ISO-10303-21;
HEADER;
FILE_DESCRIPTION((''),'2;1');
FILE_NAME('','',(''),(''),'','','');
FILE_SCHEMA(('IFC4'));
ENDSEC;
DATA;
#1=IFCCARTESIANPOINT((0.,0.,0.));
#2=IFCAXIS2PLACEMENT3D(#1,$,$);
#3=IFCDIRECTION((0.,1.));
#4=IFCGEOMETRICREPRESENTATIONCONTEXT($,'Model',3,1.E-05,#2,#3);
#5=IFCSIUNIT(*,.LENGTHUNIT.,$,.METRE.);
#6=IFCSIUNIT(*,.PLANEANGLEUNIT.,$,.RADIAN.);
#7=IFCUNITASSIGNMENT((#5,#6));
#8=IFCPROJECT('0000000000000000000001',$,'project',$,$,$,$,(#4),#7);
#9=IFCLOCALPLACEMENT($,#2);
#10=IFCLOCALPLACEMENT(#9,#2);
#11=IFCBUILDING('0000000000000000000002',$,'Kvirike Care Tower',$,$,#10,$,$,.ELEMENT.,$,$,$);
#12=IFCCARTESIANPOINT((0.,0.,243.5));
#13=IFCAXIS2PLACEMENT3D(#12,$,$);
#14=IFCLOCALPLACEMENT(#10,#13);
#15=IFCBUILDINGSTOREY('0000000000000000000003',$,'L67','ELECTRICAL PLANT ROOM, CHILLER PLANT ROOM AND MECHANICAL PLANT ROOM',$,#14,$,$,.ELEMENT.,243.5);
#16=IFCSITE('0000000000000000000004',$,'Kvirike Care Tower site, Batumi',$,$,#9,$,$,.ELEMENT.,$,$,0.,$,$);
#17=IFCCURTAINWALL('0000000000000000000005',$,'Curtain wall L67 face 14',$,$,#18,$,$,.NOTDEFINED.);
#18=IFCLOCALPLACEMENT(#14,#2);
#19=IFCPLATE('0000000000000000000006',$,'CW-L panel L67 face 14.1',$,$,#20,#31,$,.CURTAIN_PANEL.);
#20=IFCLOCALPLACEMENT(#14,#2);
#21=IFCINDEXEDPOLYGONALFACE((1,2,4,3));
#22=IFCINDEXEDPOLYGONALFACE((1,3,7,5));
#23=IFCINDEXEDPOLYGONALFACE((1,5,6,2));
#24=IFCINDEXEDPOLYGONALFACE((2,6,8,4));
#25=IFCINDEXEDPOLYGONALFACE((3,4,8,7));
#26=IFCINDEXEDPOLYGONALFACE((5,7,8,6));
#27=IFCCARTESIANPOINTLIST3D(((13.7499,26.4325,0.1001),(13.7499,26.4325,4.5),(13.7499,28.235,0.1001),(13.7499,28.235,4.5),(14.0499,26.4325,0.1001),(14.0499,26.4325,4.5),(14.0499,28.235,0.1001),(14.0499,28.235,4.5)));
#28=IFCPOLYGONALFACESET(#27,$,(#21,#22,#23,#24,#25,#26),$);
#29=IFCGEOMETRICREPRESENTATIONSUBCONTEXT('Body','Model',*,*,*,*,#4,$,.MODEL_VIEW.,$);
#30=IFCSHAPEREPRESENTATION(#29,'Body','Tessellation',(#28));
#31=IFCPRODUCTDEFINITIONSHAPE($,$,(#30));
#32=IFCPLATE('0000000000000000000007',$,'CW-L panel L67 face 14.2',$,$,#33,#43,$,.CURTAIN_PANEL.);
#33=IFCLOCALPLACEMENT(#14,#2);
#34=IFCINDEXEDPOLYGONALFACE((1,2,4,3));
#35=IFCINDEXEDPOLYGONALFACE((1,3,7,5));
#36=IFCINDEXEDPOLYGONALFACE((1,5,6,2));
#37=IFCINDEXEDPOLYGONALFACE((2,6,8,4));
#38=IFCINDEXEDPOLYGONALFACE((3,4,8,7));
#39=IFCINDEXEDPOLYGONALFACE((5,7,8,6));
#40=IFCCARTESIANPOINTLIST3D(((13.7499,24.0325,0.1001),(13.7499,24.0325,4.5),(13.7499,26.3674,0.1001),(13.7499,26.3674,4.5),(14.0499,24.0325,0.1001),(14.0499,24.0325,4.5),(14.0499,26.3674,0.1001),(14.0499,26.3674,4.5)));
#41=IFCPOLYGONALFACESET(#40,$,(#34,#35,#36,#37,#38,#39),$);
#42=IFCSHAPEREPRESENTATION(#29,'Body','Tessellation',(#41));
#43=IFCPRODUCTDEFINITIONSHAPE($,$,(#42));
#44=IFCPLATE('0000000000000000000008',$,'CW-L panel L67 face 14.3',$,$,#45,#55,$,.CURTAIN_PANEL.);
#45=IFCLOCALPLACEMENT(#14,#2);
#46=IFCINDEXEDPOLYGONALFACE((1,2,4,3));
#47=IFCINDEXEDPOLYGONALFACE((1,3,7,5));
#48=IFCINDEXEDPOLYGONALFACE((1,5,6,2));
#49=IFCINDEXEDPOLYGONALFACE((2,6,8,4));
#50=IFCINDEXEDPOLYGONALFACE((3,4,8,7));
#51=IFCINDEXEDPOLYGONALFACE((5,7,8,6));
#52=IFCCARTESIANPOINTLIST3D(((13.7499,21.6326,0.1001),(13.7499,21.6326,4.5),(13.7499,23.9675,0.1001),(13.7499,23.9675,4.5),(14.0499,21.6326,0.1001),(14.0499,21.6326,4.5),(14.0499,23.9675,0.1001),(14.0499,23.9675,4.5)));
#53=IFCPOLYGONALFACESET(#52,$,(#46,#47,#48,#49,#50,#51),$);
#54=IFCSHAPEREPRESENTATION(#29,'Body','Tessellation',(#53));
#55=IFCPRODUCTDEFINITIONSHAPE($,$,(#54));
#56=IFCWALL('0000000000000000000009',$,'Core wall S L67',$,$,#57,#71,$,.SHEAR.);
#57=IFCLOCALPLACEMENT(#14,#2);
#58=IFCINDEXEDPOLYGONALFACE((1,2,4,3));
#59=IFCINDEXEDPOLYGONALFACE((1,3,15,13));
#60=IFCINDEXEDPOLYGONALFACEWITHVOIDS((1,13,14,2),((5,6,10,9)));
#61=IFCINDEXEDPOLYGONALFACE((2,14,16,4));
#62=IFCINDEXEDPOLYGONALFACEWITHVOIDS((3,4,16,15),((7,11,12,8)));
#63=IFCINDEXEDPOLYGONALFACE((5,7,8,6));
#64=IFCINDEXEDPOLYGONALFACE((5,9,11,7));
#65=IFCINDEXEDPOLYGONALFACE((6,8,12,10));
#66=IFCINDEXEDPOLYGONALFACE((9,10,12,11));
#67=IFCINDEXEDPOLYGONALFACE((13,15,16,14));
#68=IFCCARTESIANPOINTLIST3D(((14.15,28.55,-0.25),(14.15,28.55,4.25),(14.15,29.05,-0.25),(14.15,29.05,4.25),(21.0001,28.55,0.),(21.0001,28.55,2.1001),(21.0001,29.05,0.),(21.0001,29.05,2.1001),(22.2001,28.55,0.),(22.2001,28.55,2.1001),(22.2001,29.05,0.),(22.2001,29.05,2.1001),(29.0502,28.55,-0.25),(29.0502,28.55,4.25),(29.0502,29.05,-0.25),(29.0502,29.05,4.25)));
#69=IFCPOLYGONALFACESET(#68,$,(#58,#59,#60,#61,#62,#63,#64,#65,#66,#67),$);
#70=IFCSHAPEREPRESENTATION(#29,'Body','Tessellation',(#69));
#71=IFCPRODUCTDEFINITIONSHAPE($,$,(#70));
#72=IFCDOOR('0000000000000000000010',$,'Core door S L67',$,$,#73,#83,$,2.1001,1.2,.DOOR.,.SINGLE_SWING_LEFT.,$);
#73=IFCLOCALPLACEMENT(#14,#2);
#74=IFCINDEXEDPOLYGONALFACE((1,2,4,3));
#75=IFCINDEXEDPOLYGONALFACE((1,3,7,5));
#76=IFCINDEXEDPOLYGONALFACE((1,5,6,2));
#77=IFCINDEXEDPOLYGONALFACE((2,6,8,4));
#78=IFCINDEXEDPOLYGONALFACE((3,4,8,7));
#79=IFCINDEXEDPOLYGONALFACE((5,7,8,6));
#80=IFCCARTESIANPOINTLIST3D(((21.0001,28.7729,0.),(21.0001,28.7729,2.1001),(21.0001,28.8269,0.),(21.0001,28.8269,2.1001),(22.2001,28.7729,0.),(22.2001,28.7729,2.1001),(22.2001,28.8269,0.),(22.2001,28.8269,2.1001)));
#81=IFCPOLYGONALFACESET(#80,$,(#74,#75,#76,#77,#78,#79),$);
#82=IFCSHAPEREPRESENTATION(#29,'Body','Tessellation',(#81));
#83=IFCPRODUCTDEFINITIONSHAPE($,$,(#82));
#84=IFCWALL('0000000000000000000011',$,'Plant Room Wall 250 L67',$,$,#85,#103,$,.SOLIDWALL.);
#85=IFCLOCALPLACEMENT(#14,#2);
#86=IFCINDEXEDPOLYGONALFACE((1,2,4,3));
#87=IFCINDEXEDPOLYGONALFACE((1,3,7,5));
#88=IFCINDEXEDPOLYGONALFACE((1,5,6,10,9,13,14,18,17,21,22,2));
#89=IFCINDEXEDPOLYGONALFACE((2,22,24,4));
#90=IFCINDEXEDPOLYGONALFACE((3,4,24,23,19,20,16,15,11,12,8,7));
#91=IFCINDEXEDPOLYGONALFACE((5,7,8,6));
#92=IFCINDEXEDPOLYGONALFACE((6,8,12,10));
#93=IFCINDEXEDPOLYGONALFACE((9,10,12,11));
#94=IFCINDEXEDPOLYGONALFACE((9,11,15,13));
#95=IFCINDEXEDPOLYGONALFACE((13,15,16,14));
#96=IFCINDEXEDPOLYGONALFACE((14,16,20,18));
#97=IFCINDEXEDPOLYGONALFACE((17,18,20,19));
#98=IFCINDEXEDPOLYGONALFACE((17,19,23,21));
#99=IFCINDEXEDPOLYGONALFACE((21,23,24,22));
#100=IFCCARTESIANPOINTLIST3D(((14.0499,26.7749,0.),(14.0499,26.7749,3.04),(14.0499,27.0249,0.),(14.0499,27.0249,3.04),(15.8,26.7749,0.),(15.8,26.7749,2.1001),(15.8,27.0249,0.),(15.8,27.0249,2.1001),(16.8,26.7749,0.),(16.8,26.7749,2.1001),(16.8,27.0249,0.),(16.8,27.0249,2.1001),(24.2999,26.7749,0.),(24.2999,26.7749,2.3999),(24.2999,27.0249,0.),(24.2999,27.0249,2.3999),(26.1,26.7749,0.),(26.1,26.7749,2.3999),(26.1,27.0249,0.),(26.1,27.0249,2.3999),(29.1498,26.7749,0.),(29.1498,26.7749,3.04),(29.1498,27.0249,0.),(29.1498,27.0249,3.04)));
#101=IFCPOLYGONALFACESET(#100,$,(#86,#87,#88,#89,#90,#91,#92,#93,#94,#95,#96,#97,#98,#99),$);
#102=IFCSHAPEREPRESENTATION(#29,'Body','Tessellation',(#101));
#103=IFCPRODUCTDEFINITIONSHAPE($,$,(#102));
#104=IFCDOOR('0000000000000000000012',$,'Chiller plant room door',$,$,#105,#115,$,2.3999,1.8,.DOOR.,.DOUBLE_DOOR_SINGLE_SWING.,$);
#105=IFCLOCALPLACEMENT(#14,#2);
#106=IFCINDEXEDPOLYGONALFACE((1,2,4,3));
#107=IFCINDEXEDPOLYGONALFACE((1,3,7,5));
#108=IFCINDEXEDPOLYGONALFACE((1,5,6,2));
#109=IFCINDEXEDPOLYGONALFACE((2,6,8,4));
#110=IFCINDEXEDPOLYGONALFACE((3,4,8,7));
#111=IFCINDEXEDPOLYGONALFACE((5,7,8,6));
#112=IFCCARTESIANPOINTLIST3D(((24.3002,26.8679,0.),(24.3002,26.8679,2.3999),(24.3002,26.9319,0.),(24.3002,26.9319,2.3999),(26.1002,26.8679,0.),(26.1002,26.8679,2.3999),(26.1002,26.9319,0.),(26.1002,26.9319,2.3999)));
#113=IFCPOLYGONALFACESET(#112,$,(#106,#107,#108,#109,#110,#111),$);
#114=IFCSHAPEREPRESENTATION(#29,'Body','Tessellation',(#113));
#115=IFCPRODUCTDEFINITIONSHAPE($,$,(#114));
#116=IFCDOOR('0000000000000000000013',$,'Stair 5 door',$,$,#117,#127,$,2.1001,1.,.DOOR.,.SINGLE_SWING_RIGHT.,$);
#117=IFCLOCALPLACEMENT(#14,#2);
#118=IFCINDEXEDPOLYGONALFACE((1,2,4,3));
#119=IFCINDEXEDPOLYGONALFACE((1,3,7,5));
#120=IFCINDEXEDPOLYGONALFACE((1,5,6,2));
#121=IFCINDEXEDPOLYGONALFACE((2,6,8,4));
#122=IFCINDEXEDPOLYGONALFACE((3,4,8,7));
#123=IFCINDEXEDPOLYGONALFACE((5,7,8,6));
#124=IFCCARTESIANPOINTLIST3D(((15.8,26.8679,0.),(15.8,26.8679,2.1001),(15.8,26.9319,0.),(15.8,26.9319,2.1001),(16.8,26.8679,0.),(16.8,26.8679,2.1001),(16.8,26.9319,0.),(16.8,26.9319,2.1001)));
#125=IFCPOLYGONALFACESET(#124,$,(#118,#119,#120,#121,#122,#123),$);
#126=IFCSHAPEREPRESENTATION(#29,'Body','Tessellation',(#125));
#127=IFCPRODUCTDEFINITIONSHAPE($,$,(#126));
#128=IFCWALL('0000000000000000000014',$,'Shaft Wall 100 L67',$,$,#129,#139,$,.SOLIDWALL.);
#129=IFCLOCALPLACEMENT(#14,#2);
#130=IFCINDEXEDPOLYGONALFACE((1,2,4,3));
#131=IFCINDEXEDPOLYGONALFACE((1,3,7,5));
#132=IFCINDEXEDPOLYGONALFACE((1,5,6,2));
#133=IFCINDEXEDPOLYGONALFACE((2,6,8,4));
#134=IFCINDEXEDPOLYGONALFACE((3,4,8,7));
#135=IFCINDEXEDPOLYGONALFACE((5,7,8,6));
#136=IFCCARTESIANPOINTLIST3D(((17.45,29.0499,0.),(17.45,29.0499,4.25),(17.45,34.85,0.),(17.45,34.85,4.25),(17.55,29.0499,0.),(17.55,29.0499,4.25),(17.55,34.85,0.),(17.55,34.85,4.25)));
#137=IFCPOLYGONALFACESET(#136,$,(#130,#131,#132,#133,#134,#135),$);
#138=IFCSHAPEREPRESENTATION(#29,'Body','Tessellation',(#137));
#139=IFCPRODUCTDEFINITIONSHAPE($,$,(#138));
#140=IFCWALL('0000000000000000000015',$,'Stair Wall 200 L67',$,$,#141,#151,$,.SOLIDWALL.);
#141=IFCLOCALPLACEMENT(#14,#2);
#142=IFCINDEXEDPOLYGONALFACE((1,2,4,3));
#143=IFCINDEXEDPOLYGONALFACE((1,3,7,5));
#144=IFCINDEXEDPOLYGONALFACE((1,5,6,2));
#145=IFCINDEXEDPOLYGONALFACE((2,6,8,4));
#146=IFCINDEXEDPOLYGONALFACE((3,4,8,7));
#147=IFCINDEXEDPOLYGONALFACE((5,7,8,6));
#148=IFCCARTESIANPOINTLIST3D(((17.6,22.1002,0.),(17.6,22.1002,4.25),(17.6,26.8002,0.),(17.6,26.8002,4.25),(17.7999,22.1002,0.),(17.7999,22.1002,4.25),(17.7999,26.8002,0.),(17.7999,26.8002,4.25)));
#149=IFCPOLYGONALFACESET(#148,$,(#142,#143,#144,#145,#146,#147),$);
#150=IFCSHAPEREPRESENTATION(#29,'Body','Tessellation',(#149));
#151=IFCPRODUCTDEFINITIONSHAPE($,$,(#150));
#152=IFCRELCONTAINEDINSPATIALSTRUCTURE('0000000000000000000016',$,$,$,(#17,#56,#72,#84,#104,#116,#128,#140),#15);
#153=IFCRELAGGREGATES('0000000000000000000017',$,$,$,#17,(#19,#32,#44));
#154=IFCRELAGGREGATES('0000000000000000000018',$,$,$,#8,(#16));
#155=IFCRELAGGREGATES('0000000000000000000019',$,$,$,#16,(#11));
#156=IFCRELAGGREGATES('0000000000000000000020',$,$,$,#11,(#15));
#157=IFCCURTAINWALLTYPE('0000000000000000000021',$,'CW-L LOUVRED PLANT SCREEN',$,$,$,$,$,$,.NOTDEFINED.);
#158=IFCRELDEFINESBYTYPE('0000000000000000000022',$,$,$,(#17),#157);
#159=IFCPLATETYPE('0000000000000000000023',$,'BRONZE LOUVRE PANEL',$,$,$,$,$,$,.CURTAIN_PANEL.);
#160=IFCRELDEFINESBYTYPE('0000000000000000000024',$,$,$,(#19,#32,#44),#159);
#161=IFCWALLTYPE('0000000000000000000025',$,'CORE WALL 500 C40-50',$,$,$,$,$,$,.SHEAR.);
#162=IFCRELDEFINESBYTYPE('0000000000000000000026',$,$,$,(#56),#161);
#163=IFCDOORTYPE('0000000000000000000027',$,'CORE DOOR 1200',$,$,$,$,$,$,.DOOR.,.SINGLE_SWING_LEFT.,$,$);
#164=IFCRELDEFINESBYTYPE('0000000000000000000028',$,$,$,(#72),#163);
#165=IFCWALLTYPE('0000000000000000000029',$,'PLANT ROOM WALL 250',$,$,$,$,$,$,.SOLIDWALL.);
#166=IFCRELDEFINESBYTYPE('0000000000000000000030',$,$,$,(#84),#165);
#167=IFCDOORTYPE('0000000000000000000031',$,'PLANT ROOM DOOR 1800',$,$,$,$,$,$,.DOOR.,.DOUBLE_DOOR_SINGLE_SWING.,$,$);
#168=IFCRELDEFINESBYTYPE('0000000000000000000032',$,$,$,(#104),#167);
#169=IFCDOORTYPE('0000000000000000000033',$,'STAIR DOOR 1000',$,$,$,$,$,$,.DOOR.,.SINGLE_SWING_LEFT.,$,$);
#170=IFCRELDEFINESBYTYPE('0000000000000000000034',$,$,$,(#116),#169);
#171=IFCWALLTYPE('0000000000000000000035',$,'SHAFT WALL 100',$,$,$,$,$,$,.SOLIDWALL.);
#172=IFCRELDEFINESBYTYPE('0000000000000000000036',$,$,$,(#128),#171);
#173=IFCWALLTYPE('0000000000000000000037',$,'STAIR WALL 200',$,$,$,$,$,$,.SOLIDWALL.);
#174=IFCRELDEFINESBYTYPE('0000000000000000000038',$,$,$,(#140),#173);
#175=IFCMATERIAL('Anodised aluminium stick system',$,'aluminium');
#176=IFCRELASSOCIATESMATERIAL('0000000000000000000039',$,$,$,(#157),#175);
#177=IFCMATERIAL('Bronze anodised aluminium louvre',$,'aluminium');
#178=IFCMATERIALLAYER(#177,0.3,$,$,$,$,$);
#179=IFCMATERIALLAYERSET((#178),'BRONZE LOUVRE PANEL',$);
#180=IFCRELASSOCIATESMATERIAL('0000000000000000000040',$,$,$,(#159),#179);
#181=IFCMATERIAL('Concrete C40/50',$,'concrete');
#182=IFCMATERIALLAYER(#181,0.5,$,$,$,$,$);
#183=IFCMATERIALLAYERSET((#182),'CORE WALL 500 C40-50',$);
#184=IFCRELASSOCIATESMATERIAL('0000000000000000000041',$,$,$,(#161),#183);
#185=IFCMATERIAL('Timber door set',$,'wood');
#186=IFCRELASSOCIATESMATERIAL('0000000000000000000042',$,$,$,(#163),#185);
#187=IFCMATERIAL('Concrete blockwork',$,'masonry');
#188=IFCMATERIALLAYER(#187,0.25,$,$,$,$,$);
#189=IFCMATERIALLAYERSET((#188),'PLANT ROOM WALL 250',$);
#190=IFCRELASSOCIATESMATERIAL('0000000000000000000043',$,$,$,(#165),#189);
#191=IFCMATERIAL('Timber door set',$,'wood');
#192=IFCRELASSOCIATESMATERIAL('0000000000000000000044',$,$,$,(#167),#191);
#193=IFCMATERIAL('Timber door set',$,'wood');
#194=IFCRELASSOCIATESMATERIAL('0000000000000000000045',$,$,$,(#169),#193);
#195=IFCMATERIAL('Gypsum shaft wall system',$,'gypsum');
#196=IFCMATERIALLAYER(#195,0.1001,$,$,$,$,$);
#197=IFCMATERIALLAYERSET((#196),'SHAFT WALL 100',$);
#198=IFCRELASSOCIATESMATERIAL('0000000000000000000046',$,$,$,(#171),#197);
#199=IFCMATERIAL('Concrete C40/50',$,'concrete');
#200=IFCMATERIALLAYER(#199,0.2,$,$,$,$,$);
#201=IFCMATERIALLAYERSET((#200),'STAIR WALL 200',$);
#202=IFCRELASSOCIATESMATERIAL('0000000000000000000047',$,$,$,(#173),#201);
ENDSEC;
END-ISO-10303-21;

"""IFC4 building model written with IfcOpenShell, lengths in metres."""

from ifc_helpers import new_model, si_unit, direction, frame, frame_2d, origin, origin_2d, place, context, subcontext, project, spatial, rectangle, extrude, material, layer, layer_set, type_object, element, fill, aggregate, save


model = new_model("IFC4")

# Units and contexts
model_context = context("Model", 3, precision=1e-05, world=origin(), true_north=direction((0.0, 1.0)))
body_context = subcontext(model_context, "Body", "Model", "MODEL_VIEW")
ifc_project = project(units=[si_unit("LENGTHUNIT", "METRE"), si_unit("PLANEANGLEUNIT", "RADIAN")], contexts=[model_context])

# Site, building, storey
site_placement = place(None, origin())
site = spatial("IfcSite", under=ifc_project, at=site_placement, Name="Kvirike Care Tower site, Batumi", CompositionType="ELEMENT", RefElevation=0.0)
building_placement = place(site_placement, origin())
building = spatial("IfcBuilding", under=site, at=building_placement, Name="Kvirike Care Tower", CompositionType="ELEMENT")
storey_placement = place(building_placement, frame((0.0, 0.0, 243.5)))
storey = spatial("IfcBuildingStorey", under=building, at=storey_placement, Name="L67", Description="ELECTRICAL PLANT ROOM, CHILLER PLANT ROOM AND MECHANICAL PLANT ROOM", CompositionType="ELEMENT", Elevation=243.5)

# Curtain wall
ifc_material_1 = material(Name="Anodised aluminium stick system", Category="aluminium")
curtain_wall_type = type_object("IfcCurtainWallType", Name="CW-L LOUVRED PLANT SCREEN", PredefinedType="NOTDEFINED", material=ifc_material_1)
curtain_wall_1_placement = place(storey_placement, origin())
curtain_wall_1 = element("IfcCurtainWall", 1, at=curtain_wall_1_placement, inside=storey, type_object=curtain_wall_type, Name="Curtain wall L67 face 14", PredefinedType="NOTDEFINED")

# Plates
ifc_material_2 = material(Name="Bronze anodised aluminium louvre", Category="aluminium")
ifc_layer_1 = layer(ifc_material_2, 0.3)
ifc_layer_set_1 = layer_set([ifc_layer_1], Name="BRONZE LOUVRE PANEL")
plate_type = type_object("IfcPlateType", Name="BRONZE LOUVRE PANEL", PredefinedType="CURTAIN_PANEL", material=ifc_layer_set_1)
plate_1_placement = place(storey_placement, frame((13.8999, 27.3337, 0.1001), z_axis=(0.0, 0.0, 1.0), x_axis=(0.0, -1.0, 0.0)))
plate_1 = element("IfcPlate", 2, at=plate_1_placement, type_object=plate_type, Name="CW-L panel L67 face 14.1", PredefinedType="CURTAIN_PANEL", context=body_context, shape_type="SweptSolid", body=[
    extrude(rectangle(XDim=1.8025, YDim=0.3, at=origin_2d()), origin(), (0.0, 0.0, 1.0), 4.3999),
])
plate_2_placement = place(storey_placement, frame((13.8999, 25.2, 0.1001), z_axis=(0.0, 0.0, 1.0), x_axis=(0.0, -1.0, 0.0)))
plate_2 = element("IfcPlate", 3, at=plate_2_placement, type_object=plate_type, Name="CW-L panel L67 face 14.2", PredefinedType="CURTAIN_PANEL", context=body_context, shape_type="SweptSolid", body=[
    extrude(rectangle(XDim=2.335, YDim=0.3, at=origin_2d()), origin(), (0.0, 0.0, 1.0), 4.3999),
])
plate_3_placement = place(storey_placement, frame((13.8999, 22.8, 0.1001), z_axis=(0.0, 0.0, 1.0), x_axis=(0.0, -1.0, 0.0)))
plate_3 = element("IfcPlate", 4, at=plate_3_placement, type_object=plate_type, Name="CW-L panel L67 face 14.3", PredefinedType="CURTAIN_PANEL", context=body_context, shape_type="SweptSolid", body=[
    extrude(rectangle(XDim=2.335, YDim=0.3, at=origin_2d()), origin(), (0.0, 0.0, 1.0), 4.3999),
])
aggregate(curtain_wall_1, [plate_1, plate_2, plate_3])

# Wall, opening, door
ifc_material_3 = material(Name="Concrete C40/50", Category="concrete")
ifc_layer_2 = layer(ifc_material_3, 0.5)
ifc_layer_set_2 = layer_set([ifc_layer_2], Name="CORE WALL 500 C40-50")
wall_type_1 = type_object("IfcWallType", Name="CORE WALL 500 C40-50", PredefinedType="SHEAR", material=ifc_layer_set_2)
wall_1_placement = place(storey_placement, frame((14.1499, 28.8, -0.25), z_axis=(0.0, 0.0, 1.0), x_axis=(1.0, 0.0, 0.0)))
wall_1 = element("IfcWall", 5, at=wall_1_placement, inside=storey, type_object=wall_type_1, Name="Core wall S L67", PredefinedType="SHEAR", context=body_context, shape_type="SweptSolid", body=[
    extrude(rectangle(XDim=14.9001, YDim=0.5, at=frame_2d((7.4502, 0.0))), origin(), (0.0, 0.0, 1.0), 4.5),
])
opening_1_placement = place(wall_1_placement, frame((6.8501, 0.0, 0.25)))
opening_1 = element("IfcOpeningElement", 6, at=opening_1_placement, cuts=wall_1, PredefinedType="OPENING", context=body_context, shape_type="SweptSolid", body=[
    extrude(rectangle(XDim=1.2, YDim=2.1001, at=frame_2d((0.6001, 1.05))), frame((0.0, 0.2605, 0.0), z_axis=(0.0, -1.0, 0.0), x_axis=(1.0, 0.0, 0.0)), (0.0, 0.0, 1.0), 0.521),
])
ifc_material_4 = material(Name="Timber door set", Category="wood")
door_type_1 = type_object("IfcDoorType", Name="CORE DOOR 1200", OperationType="SINGLE_SWING_LEFT", PredefinedType="DOOR", material=ifc_material_4)
door_1_placement = place(opening_1_placement, origin())
door_1 = element("IfcDoor", 7, at=door_1_placement, inside=storey, type_object=door_type_1, Name="Core door S L67", OperationType="SINGLE_SWING_LEFT", OverallHeight=2.1001, OverallWidth=1.2, PredefinedType="DOOR", context=body_context, shape_type="SweptSolid", body=[
    extrude(rectangle(XDim=1.2, YDim=2.1001, at=frame_2d((0.6001, 1.05))), frame((0.0, 0.0269, 0.0), z_axis=(0.0, -1.0, 0.0), x_axis=(1.0, 0.0, 0.0)), (0.0, 0.0, 1.0), 0.054),
])
fill(opening_1, door_1)

# Wall, openings, doors
ifc_material_5 = material(Name="Concrete blockwork", Category="masonry")
ifc_layer_3 = layer(ifc_material_5, 0.25)
ifc_layer_set_3 = layer_set([ifc_layer_3], Name="PLANT ROOM WALL 250")
wall_type_2 = type_object("IfcWallType", Name="PLANT ROOM WALL 250", PredefinedType="SOLIDWALL", material=ifc_layer_set_3)
wall_2_placement = place(storey_placement, frame((14.05, 26.8999, 0.0), z_axis=(0.0, 0.0, 1.0), x_axis=(1.0, 0.0, 0.0)))
wall_2 = element("IfcWall", 8, at=wall_2_placement, inside=storey, type_object=wall_type_2, Name="Plant Room Wall 250 L67", PredefinedType="SOLIDWALL", context=body_context, shape_type="SweptSolid", body=[
    extrude(rectangle(XDim=15.0999, YDim=0.25, at=frame_2d((7.5498, 0.0))), origin(), (0.0, 0.0, 1.0), 3.04),
])
opening_2_placement = place(wall_2_placement, frame((1.75, 0.0, 0.0)))
opening_2 = element("IfcOpeningElement", 9, at=opening_2_placement, cuts=wall_2, PredefinedType="OPENING", context=body_context, shape_type="SweptSolid", body=[
    extrude(rectangle(XDim=1.0, YDim=2.1001, at=frame_2d((0.5, 1.05))), frame((0.0, 0.1355, 0.0), z_axis=(0.0, -1.0, 0.0), x_axis=(1.0, 0.0, 0.0)), (0.0, 0.0, 1.0), 0.271),
])
opening_3_placement = place(wall_2_placement, frame((10.25, 0.0, 0.0)))
opening_3 = element("IfcOpeningElement", 10, at=opening_3_placement, cuts=wall_2, PredefinedType="OPENING", context=body_context, shape_type="SweptSolid", body=[
    extrude(rectangle(XDim=1.8, YDim=2.3999, at=frame_2d((0.8999, 1.2))), frame((0.0, 0.1355, 0.0), z_axis=(0.0, -1.0, 0.0), x_axis=(1.0, 0.0, 0.0)), (0.0, 0.0, 1.0), 0.271),
])
ifc_material_6 = material(Name="Timber door set", Category="wood")
door_type_2 = type_object("IfcDoorType", Name="PLANT ROOM DOOR 1800", OperationType="DOUBLE_DOOR_SINGLE_SWING", PredefinedType="DOOR", material=ifc_material_6)
door_2_placement = place(opening_3_placement, frame((1.8, 0.0, 0.0), z_axis=(0.0, 0.0, 1.0), x_axis=(-1.0, 0.0, 0.0)))
door_2 = element("IfcDoor", 11, at=door_2_placement, inside=storey, type_object=door_type_2, Name="Chiller plant room door", OperationType="DOUBLE_DOOR_SINGLE_SWING", OverallHeight=2.3999, OverallWidth=1.8, PredefinedType="DOOR", context=body_context, shape_type="SweptSolid", body=[
    extrude(rectangle(XDim=1.8, YDim=2.3999, at=frame_2d((0.8999, 1.2))), frame((0.0, 0.032, 0.0), z_axis=(0.0, -1.0, 0.0), x_axis=(1.0, 0.0, 0.0)), (0.0, 0.0, 1.0), 0.064),
])
fill(opening_3, door_2)
ifc_material_7 = material(Name="Timber door set", Category="wood")
door_type_3 = type_object("IfcDoorType", Name="STAIR DOOR 1000", OperationType="SINGLE_SWING_LEFT", PredefinedType="DOOR", material=ifc_material_7)
door_3_placement = place(opening_2_placement, frame((1.0, 0.0, 0.0), z_axis=(0.0, 0.0, 1.0), x_axis=(-1.0, 0.0, 0.0)))
door_3 = element("IfcDoor", 12, at=door_3_placement, inside=storey, type_object=door_type_3, Name="Stair 5 door", OperationType="SINGLE_SWING_RIGHT", OverallHeight=2.1001, OverallWidth=1.0, PredefinedType="DOOR", context=body_context, shape_type="SweptSolid", body=[
    extrude(rectangle(XDim=1.0, YDim=2.1001, at=frame_2d((0.5, 1.05))), frame((0.0, 0.032, 0.0), z_axis=(0.0, -1.0, 0.0), x_axis=(1.0, 0.0, 0.0)), (0.0, 0.0, 1.0), 0.064),
])
fill(opening_2, door_3)

# Walls
ifc_material_8 = material(Name="Gypsum shaft wall system", Category="gypsum")
ifc_layer_4 = layer(ifc_material_8, 0.1001)
ifc_layer_set_4 = layer_set([ifc_layer_4], Name="SHAFT WALL 100")
wall_type_3 = type_object("IfcWallType", Name="SHAFT WALL 100", PredefinedType="SOLIDWALL", material=ifc_layer_set_4)
wall_3_placement = place(storey_placement, frame((17.5, 29.05, 0.0), z_axis=(0.0, 0.0, 1.0), x_axis=(0.0, 1.0, 0.0)))
element("IfcWall", 13, at=wall_3_placement, inside=storey, type_object=wall_type_3, Name="Shaft Wall 100 L67", PredefinedType="SOLIDWALL", context=body_context, shape_type="SweptSolid", body=[
    extrude(rectangle(XDim=5.8, YDim=0.1001, at=frame_2d((2.8999, 0.0))), origin(), (0.0, 0.0, 1.0), 4.25),
])
ifc_material_9 = material(Name="Concrete C40/50", Category="concrete")
ifc_layer_5 = layer(ifc_material_9, 0.2)
ifc_layer_set_5 = layer_set([ifc_layer_5], Name="STAIR WALL 200")
wall_type_4 = type_object("IfcWallType", Name="STAIR WALL 200", PredefinedType="SOLIDWALL", material=ifc_layer_set_5)
wall_4_placement = place(storey_placement, frame((17.7, 22.1001, 0.0), z_axis=(0.0, 0.0, 1.0), x_axis=(0.0, 1.0, 0.0)))
element("IfcWall", 14, at=wall_4_placement, inside=storey, type_object=wall_type_4, Name="Stair Wall 200 L67", PredefinedType="SOLIDWALL", context=body_context, shape_type="SweptSolid", body=[
    extrude(rectangle(XDim=4.7, YDim=0.2, at=frame_2d((2.3501, 0.0))), origin(), (0.0, 0.0, 1.0), 4.25),
])

save(model, "model.ifc")
